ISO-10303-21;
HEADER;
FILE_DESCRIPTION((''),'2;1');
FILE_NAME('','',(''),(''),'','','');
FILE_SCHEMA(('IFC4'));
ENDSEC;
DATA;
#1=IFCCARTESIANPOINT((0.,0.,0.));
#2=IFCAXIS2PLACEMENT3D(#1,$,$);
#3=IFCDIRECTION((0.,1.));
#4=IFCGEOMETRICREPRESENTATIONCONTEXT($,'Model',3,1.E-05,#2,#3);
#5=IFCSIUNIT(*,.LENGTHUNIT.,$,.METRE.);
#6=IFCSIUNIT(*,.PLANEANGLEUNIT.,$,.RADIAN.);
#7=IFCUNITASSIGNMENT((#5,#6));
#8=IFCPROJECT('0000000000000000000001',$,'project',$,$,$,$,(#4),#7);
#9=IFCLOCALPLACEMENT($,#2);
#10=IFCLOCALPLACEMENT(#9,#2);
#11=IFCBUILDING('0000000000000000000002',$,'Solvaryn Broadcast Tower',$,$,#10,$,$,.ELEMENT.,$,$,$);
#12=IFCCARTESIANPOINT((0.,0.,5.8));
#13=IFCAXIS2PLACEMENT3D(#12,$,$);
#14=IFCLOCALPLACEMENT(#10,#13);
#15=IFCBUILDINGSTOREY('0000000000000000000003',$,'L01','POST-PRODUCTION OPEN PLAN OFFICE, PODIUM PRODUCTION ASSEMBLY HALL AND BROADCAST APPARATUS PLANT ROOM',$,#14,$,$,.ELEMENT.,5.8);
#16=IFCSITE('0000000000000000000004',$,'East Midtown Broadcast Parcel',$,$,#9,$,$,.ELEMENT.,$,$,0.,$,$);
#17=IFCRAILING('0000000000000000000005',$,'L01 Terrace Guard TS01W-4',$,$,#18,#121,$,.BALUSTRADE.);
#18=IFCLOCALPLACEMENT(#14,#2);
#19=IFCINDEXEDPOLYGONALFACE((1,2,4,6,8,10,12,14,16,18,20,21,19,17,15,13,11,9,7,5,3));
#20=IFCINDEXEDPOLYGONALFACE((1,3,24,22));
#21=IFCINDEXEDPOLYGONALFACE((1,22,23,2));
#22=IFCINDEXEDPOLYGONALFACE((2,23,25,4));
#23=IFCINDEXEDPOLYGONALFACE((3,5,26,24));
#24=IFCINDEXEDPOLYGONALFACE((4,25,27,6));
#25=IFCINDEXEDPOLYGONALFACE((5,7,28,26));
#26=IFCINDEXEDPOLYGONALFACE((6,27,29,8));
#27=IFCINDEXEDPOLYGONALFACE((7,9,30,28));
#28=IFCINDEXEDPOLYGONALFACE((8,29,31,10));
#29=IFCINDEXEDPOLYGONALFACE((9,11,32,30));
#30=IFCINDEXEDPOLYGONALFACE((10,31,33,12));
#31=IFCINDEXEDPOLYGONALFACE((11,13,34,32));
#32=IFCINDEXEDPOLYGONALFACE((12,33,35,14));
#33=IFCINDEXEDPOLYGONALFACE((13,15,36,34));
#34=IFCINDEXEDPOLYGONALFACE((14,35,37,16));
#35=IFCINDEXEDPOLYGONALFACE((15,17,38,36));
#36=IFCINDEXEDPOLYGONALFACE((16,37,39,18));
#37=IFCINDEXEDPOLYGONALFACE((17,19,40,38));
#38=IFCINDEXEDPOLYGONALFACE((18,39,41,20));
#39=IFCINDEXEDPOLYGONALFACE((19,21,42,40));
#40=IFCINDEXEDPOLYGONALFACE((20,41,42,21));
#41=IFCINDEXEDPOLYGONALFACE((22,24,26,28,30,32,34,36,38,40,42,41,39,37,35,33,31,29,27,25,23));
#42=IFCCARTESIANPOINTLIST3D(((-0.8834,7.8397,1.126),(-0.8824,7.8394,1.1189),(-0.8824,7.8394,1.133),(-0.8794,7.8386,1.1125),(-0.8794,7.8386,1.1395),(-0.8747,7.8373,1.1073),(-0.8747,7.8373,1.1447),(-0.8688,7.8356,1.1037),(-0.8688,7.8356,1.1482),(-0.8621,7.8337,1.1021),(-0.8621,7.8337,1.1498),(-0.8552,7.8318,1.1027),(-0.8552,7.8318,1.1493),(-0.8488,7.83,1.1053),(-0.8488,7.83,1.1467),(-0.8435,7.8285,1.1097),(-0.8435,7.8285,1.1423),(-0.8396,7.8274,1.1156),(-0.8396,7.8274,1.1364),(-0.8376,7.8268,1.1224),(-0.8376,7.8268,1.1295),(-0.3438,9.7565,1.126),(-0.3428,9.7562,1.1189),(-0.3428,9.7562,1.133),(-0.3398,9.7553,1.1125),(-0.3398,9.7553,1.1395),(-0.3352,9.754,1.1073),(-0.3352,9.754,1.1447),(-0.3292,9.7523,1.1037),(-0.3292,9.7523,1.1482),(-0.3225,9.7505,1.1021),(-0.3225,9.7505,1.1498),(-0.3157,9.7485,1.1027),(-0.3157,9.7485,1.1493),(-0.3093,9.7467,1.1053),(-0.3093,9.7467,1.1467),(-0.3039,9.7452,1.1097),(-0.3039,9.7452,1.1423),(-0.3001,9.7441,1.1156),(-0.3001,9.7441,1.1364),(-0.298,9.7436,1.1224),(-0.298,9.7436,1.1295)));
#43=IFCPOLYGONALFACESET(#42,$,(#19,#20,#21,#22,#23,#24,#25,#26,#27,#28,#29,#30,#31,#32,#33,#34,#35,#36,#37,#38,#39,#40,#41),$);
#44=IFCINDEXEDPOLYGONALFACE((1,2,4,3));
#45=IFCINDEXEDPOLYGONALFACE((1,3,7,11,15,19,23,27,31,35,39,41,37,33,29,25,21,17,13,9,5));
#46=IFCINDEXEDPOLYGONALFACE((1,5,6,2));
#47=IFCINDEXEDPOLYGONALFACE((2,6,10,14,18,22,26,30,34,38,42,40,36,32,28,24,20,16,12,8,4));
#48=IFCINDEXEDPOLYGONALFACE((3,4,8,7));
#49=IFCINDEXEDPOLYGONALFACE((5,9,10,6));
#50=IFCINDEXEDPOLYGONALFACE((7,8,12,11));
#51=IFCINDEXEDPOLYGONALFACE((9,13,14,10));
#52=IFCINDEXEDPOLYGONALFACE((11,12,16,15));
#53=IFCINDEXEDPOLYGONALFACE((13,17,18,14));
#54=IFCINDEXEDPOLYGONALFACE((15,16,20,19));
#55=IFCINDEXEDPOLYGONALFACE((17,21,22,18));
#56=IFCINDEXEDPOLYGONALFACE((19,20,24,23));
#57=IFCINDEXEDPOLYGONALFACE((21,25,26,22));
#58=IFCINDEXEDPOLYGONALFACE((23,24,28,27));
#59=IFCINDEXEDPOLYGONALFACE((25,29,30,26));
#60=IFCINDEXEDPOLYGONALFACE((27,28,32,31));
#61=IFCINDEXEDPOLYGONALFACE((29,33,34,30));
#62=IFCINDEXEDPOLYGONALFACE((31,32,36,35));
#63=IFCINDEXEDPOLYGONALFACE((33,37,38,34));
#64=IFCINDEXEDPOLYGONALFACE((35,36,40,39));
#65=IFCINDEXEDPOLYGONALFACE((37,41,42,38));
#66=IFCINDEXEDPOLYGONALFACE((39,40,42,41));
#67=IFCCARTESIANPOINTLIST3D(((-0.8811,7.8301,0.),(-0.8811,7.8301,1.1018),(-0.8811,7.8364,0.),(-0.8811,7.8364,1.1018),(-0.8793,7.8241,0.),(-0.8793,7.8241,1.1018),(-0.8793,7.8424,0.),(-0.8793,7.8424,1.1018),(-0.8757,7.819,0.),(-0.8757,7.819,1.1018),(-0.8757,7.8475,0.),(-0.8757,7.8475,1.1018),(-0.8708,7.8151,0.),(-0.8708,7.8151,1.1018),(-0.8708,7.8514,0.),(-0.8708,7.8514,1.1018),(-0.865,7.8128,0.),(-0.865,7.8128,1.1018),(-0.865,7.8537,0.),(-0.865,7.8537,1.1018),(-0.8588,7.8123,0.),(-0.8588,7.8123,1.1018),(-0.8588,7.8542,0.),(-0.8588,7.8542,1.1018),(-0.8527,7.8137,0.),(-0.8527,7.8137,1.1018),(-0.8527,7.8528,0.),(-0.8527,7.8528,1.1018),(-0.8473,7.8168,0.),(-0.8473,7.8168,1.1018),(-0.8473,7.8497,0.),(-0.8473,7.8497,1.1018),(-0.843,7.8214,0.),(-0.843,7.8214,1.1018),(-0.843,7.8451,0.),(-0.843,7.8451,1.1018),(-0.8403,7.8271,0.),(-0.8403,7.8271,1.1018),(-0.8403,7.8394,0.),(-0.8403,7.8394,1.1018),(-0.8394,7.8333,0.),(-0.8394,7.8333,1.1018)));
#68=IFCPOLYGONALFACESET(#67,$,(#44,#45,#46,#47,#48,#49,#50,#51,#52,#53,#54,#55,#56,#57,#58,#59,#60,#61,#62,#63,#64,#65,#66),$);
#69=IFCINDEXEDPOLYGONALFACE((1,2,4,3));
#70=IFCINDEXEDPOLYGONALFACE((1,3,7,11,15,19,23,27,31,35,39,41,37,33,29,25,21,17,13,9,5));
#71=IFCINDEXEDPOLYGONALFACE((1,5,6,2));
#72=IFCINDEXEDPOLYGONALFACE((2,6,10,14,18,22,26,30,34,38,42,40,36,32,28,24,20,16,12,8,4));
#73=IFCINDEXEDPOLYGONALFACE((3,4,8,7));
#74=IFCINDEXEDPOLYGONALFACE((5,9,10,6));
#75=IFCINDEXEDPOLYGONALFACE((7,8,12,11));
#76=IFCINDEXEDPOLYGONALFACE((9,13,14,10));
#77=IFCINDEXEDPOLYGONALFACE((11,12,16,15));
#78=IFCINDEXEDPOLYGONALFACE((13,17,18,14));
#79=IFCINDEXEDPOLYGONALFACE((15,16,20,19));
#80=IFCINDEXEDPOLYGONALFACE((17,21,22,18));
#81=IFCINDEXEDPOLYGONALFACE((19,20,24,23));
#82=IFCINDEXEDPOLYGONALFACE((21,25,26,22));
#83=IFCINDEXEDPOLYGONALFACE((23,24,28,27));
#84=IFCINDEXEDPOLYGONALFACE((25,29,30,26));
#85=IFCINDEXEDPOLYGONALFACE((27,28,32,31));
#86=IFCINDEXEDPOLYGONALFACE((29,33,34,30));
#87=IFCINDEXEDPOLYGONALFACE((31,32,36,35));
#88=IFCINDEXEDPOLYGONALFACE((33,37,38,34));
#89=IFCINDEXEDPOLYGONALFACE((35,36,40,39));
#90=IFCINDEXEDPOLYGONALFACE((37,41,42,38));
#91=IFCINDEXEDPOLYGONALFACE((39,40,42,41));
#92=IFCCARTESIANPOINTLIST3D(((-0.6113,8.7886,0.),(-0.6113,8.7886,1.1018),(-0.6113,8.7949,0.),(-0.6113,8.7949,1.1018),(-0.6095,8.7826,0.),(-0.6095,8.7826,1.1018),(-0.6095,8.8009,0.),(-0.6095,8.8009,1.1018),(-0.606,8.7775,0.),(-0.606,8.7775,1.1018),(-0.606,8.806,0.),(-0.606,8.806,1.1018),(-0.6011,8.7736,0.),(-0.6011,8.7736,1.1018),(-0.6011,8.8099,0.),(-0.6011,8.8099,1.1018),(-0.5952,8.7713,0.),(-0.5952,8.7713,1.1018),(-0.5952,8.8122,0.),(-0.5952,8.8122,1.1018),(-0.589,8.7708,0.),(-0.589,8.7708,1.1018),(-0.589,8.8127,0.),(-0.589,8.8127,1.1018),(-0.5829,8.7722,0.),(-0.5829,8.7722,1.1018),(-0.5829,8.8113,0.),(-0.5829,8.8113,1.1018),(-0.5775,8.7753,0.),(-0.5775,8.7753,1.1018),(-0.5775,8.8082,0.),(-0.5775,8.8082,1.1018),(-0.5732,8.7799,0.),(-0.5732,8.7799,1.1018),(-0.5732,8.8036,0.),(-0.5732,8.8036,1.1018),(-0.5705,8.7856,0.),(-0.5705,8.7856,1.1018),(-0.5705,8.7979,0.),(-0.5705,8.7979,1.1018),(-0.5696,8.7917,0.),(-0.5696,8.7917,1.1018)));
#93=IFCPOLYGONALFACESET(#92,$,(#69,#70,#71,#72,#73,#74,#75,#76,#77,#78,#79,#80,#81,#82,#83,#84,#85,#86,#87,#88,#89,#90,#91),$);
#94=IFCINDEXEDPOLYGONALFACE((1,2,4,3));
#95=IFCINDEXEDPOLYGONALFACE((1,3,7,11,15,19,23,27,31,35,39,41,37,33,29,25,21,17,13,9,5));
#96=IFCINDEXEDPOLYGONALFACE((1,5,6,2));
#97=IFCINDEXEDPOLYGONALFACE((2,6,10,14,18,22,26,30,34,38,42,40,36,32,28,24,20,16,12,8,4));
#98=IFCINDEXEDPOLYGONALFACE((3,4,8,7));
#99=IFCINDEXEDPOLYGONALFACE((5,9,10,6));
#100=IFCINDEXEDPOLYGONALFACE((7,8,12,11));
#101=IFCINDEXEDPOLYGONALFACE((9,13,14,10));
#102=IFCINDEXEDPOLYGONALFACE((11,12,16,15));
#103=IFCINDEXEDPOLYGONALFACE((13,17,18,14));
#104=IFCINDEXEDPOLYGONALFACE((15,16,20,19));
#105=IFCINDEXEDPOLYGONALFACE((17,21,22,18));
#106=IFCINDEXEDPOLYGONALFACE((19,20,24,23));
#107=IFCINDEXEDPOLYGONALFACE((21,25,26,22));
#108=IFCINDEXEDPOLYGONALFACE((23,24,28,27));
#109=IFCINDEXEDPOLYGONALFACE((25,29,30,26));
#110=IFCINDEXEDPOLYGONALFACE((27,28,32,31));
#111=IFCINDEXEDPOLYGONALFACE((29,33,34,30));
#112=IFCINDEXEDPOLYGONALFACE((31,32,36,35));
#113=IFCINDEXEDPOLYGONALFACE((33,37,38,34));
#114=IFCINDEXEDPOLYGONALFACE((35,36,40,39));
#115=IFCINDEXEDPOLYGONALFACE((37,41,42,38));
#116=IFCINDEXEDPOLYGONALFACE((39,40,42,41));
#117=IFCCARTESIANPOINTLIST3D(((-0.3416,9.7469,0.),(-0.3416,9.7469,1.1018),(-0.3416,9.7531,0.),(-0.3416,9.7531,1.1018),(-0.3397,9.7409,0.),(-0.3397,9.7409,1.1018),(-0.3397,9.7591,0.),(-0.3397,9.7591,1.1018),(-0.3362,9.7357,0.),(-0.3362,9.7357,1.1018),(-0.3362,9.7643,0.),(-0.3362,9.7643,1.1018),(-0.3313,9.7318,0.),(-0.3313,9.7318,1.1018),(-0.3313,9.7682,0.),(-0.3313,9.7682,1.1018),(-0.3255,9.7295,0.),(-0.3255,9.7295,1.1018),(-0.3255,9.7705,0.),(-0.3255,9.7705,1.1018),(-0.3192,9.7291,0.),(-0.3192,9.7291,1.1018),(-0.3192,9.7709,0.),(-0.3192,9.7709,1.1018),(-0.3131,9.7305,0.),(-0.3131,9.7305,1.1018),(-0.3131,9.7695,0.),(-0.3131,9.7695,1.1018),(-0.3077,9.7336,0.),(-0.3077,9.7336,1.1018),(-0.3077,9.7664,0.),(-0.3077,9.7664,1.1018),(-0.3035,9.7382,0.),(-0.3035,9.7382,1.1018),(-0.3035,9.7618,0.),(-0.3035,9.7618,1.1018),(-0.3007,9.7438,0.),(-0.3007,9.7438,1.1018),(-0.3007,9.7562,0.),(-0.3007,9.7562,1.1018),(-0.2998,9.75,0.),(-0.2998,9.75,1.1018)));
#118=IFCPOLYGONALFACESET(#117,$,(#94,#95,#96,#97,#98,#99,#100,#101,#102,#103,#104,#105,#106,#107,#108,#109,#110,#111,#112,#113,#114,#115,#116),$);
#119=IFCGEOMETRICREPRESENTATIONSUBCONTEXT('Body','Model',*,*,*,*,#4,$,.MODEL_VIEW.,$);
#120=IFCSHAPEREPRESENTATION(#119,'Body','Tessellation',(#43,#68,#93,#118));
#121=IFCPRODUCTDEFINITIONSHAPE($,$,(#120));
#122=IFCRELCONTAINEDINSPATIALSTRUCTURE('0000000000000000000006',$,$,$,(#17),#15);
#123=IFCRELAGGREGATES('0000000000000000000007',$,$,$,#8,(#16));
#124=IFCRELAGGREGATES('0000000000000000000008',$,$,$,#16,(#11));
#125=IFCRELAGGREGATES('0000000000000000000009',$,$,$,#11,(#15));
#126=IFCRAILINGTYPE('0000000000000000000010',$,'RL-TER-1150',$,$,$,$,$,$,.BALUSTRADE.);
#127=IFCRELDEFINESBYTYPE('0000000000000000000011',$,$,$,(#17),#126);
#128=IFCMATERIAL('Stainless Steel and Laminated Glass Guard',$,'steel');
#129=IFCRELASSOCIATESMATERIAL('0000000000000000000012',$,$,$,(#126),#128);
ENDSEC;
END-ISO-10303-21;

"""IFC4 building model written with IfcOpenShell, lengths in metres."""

from ifc_helpers import new_model, si_unit, direction, frame, origin, origin_2d, place, context, subcontext, project, spatial, circle, extrude, material, type_object, element, save


model = new_model("IFC4")

# Units and contexts
model_context = context("Model", 3, precision=1e-05, world=origin(), true_north=direction((0.0, 1.0)))
body_context = subcontext(model_context, "Body", "Model", "MODEL_VIEW")
ifc_project = project(units=[si_unit("LENGTHUNIT", "METRE"), si_unit("PLANEANGLEUNIT", "RADIAN")], contexts=[model_context])

# Site, building, storey
site_placement = place(None, origin())
site = spatial("IfcSite", under=ifc_project, at=site_placement, Name="East Midtown Broadcast Parcel", CompositionType="ELEMENT", RefElevation=0.0)
building_placement = place(site_placement, origin())
building = spatial("IfcBuilding", under=site, at=building_placement, Name="Solvaryn Broadcast Tower", CompositionType="ELEMENT")
storey_placement = place(building_placement, frame((0.0, 0.0, 5.8)))
storey = spatial("IfcBuildingStorey", under=building, at=storey_placement, Name="L01", Description="POST-PRODUCTION OPEN PLAN OFFICE, PODIUM PRODUCTION ASSEMBLY HALL AND BROADCAST APPARATUS PLANT ROOM", CompositionType="ELEMENT", Elevation=5.8)

# Railing
ifc_material_1 = material(Name="Stainless Steel and Laminated Glass Guard", Category="steel")
railing_type = type_object("IfcRailingType", Name="RL-TER-1150", PredefinedType="BALUSTRADE", material=ifc_material_1)
railing_1_placement = place(storey_placement, frame((-0.8604, 7.8333, 0.0)))
element("IfcRailing", 1, at=railing_1_placement, inside=storey, type_object=railing_type, Name="L01 Terrace Guard TS01W-4", PredefinedType="BALUSTRADE", context=body_context, shape_type="SweptSolid", body=[
    extrude(circle(Radius=0.0239, at=origin_2d()), frame((0.0, 0.0, 1.126), z_axis=(0.270962, 0.96259, 0.0), x_axis=(-0.96259, 0.270962, 0.0)), (0.0, 0.0, 1.0), 1.9912),
    extrude(circle(Radius=0.021, at=origin_2d()), origin(), (0.0, 0.0, 1.0), 1.1018),
    extrude(circle(Radius=0.021, at=origin_2d()), frame((0.2698, 0.9585, 0.0)), (0.0, 0.0, 1.0), 1.1018),
    extrude(circle(Radius=0.021, at=origin_2d()), frame((0.5396, 1.9167, 0.0)), (0.0, 0.0, 1.0), 1.1018),
])

save(model, "model.ifc")
